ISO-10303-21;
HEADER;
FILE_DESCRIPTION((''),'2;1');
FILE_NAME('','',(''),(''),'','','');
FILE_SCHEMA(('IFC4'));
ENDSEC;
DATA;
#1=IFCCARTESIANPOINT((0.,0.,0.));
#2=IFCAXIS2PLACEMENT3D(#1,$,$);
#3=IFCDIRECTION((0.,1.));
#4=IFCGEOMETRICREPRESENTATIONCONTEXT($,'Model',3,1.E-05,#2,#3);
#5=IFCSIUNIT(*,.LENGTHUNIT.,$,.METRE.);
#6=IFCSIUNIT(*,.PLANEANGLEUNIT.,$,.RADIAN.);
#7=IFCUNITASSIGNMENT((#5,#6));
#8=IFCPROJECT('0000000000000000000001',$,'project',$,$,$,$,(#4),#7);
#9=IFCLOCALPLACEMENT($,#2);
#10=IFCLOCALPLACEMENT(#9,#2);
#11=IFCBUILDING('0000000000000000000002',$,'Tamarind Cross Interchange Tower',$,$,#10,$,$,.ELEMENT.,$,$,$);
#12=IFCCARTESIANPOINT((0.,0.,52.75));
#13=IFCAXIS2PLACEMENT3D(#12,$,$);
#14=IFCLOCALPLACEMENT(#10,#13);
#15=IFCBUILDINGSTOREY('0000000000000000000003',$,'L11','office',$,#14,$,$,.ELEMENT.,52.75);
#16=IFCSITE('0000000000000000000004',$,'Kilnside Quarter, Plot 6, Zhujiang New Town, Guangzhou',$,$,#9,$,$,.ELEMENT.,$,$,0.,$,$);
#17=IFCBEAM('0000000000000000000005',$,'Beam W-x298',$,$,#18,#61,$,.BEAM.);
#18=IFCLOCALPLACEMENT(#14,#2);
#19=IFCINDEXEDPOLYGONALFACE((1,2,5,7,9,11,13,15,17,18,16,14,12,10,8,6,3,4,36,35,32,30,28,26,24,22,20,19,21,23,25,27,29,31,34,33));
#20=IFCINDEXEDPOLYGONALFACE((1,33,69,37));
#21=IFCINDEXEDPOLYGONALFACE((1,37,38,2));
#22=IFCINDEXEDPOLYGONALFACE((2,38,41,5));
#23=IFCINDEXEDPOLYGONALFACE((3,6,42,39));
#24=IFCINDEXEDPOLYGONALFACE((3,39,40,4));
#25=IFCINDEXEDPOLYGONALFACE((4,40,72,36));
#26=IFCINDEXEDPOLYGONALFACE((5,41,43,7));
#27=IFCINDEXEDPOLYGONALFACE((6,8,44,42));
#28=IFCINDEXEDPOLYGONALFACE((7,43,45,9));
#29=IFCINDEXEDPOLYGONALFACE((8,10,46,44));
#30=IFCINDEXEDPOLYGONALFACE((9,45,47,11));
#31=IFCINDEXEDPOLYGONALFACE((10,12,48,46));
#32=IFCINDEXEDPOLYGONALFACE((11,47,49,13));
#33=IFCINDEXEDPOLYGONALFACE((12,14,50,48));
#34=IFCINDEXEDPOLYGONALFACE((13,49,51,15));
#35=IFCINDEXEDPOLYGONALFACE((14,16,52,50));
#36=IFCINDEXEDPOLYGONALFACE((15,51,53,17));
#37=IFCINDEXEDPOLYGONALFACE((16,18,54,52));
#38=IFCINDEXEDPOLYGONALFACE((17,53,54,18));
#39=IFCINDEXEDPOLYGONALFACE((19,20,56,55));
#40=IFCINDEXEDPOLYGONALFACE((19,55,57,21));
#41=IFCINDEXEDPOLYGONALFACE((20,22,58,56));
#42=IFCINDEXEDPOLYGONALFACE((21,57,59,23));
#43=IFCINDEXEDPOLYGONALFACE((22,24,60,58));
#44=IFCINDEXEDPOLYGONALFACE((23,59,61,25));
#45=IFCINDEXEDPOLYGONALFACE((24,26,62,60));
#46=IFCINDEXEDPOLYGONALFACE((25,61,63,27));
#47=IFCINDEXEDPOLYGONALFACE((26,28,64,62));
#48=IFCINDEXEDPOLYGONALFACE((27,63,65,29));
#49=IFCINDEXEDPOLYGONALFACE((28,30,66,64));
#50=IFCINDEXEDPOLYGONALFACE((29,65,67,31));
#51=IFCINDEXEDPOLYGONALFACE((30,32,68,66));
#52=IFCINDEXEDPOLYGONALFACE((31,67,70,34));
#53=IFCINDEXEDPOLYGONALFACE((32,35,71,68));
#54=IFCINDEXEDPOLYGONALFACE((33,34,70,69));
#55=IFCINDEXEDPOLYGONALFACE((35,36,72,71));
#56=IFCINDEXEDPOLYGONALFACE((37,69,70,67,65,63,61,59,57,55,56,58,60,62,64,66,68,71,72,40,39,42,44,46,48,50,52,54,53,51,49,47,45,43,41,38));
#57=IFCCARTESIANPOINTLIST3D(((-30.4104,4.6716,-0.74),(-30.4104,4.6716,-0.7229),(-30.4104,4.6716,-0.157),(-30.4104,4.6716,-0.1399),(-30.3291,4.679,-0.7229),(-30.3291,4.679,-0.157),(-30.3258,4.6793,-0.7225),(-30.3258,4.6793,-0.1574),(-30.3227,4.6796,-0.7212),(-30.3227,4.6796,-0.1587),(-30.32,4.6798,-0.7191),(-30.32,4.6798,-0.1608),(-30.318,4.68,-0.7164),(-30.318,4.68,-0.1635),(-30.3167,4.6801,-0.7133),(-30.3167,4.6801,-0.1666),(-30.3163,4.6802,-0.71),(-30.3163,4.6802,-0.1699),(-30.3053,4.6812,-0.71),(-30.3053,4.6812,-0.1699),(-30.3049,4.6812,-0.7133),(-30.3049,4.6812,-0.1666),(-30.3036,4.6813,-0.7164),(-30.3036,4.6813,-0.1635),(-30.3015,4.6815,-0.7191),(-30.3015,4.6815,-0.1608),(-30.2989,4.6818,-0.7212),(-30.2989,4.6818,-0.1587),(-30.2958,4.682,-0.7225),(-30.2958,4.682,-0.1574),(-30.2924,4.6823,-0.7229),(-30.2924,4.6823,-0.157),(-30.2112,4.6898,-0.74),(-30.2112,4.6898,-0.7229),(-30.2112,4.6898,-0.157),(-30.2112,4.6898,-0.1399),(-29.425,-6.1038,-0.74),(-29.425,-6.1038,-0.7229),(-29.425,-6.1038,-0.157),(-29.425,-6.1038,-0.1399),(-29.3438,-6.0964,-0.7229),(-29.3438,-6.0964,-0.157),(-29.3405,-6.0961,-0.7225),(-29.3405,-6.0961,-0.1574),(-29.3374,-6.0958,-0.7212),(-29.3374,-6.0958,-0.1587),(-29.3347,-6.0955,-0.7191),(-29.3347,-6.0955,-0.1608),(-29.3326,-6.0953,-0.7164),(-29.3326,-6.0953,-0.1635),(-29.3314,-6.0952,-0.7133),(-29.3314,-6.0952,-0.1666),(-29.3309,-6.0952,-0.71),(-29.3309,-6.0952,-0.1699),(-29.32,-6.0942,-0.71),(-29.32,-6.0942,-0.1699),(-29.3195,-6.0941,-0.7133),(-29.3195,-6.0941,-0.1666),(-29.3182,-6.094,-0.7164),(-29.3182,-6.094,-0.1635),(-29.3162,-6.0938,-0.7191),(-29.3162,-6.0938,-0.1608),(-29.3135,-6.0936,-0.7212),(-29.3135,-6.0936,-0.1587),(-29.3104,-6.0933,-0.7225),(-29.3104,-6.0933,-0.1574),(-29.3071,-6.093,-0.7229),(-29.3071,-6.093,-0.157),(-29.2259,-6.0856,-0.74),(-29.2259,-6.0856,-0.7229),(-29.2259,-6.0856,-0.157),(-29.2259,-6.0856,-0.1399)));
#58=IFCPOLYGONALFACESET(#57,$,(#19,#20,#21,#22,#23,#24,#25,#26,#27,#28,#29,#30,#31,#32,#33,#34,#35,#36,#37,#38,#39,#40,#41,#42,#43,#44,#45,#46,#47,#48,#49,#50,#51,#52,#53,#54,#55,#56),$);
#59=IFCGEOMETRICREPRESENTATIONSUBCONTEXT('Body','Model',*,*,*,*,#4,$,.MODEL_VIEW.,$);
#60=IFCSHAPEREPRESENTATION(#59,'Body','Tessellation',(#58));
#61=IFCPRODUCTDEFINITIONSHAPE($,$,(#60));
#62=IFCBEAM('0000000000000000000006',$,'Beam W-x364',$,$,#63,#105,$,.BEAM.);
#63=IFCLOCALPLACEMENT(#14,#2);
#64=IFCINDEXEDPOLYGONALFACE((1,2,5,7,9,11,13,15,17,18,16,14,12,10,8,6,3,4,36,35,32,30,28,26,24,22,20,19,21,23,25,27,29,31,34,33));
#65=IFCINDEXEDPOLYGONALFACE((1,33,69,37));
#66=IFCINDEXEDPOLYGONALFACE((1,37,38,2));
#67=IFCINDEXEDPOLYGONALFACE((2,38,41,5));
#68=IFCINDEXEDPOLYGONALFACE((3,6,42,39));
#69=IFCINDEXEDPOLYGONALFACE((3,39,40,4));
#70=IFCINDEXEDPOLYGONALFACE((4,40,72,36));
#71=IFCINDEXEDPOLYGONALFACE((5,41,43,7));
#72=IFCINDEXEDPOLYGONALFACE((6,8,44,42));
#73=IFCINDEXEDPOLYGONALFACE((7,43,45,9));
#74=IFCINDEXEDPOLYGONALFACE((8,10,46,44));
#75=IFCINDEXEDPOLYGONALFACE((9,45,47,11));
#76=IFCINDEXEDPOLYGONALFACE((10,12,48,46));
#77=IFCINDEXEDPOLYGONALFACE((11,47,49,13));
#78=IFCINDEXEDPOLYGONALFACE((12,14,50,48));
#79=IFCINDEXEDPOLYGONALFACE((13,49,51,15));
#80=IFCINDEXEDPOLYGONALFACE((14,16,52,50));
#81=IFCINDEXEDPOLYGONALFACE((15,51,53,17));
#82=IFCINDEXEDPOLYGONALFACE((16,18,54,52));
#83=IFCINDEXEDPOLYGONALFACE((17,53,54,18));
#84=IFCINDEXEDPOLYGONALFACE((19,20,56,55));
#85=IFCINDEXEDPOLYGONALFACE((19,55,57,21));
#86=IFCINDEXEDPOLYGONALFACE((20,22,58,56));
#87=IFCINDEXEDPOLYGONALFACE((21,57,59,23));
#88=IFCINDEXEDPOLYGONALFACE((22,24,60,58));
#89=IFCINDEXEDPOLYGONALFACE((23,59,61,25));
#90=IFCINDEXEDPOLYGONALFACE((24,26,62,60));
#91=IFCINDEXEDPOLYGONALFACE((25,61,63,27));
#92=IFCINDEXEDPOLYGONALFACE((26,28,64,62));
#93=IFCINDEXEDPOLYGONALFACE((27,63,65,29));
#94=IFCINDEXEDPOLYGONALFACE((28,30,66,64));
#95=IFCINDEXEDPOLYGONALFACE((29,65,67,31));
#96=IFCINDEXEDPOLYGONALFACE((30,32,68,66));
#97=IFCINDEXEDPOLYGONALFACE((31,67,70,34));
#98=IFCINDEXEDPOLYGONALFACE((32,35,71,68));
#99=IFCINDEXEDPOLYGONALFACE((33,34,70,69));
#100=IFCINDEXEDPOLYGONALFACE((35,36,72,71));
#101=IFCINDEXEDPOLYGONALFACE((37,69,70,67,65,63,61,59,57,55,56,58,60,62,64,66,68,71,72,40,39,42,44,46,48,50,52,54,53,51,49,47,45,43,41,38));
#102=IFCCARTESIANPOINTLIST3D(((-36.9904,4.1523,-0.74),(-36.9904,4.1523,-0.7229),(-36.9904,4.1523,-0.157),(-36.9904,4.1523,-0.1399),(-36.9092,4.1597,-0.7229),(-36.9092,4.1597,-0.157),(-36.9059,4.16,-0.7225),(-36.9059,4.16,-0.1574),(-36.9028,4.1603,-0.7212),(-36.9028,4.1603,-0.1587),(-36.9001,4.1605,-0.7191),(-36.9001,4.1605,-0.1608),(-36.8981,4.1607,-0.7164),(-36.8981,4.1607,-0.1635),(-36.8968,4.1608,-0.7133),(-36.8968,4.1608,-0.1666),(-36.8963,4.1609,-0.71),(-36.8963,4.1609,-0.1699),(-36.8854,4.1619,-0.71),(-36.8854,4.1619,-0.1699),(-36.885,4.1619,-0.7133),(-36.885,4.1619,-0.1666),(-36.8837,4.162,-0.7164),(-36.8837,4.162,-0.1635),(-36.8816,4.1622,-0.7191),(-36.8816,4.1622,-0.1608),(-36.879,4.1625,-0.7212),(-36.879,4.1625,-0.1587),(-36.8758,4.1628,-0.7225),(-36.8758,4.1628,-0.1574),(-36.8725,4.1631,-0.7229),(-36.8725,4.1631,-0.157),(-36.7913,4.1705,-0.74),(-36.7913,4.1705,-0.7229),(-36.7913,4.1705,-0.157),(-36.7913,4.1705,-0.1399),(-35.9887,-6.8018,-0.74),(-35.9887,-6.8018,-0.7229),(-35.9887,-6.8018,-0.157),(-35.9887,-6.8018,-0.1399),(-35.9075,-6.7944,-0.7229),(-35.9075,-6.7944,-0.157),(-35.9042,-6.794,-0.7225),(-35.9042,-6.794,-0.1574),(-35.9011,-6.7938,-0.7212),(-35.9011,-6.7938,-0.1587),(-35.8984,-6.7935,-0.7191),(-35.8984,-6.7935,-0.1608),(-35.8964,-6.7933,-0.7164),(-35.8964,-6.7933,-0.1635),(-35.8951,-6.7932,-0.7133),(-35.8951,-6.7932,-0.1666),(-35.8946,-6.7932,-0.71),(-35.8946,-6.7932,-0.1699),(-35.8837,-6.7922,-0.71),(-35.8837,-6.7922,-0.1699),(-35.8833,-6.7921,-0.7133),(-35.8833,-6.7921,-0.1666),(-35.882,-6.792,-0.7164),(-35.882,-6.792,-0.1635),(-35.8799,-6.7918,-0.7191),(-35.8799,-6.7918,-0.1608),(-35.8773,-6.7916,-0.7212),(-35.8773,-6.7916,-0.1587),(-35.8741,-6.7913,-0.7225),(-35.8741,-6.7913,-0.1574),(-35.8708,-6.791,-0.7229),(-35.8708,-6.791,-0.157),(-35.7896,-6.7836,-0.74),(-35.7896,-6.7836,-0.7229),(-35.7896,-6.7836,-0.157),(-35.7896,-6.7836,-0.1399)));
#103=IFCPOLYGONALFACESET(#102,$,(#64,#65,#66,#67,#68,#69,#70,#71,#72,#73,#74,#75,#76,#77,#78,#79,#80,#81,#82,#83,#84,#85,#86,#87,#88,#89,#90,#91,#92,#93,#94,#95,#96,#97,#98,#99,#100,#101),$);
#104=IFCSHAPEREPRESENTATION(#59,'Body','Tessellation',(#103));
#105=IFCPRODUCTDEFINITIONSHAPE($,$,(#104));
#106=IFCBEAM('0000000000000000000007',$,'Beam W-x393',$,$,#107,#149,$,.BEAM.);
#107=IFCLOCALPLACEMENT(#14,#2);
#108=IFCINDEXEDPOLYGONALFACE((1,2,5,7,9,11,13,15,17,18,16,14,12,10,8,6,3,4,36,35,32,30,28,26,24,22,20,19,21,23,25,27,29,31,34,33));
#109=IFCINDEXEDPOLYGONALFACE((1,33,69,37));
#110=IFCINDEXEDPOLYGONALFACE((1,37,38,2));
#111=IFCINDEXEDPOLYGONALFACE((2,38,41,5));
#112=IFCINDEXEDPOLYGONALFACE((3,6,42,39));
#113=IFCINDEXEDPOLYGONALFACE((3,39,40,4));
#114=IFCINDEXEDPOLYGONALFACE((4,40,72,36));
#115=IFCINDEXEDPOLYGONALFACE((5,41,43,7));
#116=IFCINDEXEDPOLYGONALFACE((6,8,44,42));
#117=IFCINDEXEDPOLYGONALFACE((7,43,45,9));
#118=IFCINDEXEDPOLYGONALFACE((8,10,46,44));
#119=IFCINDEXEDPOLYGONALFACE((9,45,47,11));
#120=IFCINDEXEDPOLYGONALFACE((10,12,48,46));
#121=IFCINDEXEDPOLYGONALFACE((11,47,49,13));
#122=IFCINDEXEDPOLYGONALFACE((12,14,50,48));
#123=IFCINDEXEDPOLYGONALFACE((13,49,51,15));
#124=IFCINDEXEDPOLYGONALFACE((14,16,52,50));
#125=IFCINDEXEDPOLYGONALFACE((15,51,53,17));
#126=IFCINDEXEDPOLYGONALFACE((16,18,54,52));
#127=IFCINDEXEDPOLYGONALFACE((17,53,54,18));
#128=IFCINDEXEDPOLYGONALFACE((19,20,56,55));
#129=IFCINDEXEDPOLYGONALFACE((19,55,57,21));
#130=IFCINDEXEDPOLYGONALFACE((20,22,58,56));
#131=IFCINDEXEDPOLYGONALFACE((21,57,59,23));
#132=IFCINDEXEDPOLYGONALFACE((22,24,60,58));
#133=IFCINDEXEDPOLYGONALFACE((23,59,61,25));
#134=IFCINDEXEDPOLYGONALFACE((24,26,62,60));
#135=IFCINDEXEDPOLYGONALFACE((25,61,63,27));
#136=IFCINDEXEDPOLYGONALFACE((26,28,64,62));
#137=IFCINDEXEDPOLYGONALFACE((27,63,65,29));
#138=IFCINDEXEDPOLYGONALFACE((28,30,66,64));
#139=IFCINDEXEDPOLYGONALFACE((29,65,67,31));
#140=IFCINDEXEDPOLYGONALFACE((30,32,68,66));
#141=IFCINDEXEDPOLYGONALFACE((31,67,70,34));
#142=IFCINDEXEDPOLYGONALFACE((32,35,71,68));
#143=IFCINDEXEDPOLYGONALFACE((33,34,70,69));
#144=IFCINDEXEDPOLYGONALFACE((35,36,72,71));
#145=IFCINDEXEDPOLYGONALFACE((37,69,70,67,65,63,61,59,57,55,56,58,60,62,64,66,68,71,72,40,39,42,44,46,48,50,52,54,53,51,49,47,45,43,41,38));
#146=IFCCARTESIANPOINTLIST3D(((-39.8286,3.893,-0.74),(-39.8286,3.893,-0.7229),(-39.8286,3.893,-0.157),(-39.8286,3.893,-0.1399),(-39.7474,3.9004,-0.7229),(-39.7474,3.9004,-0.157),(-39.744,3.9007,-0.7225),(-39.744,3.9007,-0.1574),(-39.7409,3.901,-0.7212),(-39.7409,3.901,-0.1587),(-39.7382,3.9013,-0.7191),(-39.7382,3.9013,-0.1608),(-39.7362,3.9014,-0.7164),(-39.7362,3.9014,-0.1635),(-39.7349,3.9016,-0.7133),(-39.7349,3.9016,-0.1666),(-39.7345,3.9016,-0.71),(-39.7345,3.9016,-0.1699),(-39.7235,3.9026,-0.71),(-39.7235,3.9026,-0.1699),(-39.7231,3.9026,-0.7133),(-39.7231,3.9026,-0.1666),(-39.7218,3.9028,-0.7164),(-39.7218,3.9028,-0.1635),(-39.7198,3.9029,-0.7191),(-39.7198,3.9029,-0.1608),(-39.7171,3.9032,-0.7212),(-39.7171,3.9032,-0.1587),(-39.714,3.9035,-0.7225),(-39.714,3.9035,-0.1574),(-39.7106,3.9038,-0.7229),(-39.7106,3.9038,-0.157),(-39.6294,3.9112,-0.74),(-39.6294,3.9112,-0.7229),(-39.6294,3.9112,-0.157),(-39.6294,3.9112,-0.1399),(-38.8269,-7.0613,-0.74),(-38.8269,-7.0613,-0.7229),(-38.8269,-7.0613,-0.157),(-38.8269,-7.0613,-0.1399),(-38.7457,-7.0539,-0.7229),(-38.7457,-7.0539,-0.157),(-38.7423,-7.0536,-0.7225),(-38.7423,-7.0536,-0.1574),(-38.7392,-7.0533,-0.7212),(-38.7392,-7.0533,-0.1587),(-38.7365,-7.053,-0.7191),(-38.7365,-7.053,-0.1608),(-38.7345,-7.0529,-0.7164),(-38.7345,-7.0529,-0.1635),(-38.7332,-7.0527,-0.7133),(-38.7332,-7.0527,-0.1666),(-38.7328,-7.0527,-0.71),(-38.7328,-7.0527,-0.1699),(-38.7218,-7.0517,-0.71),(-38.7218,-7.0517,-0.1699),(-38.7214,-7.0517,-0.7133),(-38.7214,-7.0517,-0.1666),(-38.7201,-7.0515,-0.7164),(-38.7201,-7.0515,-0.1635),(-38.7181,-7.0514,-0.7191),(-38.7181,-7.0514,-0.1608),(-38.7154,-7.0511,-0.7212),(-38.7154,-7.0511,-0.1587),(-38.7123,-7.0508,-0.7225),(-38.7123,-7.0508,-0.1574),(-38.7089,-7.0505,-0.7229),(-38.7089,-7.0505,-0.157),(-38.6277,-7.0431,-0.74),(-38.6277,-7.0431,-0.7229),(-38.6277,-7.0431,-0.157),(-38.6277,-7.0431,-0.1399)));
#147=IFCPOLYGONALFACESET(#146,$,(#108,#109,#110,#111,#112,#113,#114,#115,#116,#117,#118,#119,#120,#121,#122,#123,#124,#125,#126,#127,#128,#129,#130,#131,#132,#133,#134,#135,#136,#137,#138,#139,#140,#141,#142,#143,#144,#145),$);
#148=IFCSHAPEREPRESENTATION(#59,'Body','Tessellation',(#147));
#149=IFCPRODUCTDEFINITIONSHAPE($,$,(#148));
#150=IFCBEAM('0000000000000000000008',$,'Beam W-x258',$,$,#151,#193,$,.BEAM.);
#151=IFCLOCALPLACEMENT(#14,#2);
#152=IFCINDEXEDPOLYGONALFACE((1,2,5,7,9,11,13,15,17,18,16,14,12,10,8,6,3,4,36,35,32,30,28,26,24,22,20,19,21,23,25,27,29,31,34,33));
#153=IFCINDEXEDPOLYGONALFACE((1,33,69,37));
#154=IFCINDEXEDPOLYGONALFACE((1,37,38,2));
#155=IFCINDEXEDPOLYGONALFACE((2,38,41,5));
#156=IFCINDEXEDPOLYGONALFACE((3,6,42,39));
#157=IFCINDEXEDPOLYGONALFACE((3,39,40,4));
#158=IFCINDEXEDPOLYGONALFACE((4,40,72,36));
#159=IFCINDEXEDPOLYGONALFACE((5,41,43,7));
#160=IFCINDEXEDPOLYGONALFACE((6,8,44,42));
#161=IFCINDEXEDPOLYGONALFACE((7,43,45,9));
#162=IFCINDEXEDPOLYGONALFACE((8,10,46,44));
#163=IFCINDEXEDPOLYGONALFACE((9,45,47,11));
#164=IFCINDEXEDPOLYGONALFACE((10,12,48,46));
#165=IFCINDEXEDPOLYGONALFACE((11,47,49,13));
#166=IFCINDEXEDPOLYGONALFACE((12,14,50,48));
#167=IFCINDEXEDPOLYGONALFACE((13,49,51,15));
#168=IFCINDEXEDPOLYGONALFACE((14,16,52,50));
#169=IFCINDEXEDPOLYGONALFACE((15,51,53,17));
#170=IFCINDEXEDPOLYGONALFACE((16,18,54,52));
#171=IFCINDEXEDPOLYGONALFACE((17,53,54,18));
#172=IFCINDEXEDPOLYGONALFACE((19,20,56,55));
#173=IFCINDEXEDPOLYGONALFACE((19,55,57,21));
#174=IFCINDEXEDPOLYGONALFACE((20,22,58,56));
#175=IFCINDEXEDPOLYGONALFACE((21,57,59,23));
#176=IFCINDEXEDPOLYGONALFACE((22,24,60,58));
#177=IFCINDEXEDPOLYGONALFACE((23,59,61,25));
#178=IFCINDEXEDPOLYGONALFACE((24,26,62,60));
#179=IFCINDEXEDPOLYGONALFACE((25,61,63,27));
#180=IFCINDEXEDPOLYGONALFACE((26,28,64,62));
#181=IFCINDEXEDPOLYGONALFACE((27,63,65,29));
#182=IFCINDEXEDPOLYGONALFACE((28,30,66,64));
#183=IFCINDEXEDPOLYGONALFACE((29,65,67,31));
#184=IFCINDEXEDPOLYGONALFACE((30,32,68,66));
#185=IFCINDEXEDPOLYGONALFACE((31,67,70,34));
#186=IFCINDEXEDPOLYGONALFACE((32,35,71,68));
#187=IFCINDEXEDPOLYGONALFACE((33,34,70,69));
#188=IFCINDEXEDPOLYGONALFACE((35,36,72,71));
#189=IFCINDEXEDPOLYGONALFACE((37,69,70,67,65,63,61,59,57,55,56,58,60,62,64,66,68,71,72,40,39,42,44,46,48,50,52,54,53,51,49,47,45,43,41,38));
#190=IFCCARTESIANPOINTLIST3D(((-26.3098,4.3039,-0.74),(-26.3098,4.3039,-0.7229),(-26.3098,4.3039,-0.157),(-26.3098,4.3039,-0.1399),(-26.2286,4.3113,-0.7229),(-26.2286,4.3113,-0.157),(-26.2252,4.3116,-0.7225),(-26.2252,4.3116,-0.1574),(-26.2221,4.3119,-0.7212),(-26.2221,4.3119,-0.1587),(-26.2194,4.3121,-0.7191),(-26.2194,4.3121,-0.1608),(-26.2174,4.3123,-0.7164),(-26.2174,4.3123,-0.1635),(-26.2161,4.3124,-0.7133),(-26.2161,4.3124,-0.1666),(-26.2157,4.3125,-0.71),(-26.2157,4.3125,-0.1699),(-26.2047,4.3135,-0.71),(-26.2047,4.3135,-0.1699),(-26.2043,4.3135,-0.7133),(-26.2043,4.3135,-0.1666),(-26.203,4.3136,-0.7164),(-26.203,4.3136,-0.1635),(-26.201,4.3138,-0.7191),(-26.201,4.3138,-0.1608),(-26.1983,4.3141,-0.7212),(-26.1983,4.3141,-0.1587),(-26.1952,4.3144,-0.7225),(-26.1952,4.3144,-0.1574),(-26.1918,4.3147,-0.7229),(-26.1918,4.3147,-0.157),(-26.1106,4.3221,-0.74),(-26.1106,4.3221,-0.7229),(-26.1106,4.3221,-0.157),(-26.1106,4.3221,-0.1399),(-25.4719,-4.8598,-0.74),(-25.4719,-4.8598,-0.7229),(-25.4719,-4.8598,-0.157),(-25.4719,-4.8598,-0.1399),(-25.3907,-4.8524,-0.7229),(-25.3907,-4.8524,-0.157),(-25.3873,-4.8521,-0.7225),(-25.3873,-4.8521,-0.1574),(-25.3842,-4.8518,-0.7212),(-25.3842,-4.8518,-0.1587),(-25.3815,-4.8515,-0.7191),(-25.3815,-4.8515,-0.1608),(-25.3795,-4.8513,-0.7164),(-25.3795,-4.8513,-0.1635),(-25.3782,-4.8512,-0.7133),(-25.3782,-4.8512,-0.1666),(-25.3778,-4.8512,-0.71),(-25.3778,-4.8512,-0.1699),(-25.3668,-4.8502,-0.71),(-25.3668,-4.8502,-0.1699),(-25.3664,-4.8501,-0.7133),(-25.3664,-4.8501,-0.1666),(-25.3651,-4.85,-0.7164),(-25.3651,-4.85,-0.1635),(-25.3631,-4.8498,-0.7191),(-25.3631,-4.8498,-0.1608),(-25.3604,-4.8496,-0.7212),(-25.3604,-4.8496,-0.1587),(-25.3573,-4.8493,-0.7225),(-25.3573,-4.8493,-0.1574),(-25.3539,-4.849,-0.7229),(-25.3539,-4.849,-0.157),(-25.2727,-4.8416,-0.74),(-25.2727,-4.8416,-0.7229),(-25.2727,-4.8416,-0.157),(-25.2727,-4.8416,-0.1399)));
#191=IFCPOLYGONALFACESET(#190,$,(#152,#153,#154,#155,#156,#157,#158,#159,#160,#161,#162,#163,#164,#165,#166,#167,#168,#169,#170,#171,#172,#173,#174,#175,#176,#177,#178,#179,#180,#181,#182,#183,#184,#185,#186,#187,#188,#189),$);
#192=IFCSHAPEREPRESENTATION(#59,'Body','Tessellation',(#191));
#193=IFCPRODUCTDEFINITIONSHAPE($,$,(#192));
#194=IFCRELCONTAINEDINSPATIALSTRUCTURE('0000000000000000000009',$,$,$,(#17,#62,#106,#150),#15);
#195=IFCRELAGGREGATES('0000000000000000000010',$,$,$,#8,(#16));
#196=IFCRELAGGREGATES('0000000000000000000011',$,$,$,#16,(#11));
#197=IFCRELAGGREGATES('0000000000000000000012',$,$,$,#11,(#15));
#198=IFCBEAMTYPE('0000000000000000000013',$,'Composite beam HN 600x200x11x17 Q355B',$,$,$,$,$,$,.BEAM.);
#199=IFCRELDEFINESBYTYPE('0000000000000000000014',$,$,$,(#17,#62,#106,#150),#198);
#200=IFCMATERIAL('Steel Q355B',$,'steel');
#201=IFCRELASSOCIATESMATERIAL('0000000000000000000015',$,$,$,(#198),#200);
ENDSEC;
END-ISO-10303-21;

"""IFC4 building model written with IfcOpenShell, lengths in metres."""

from ifc_helpers import new_model, si_unit, direction, frame, origin, origin_2d, place, context, subcontext, project, spatial, i_section, extrude, material, material_profile, profile_set, type_object, element, save


model = new_model("IFC4")

# Units and contexts
model_context = context("Model", 3, precision=1e-05, world=origin(), true_north=direction((0.0, 1.0)))
body_context = subcontext(model_context, "Body", "Model", "MODEL_VIEW")
ifc_project = project(units=[si_unit("LENGTHUNIT", "METRE"), si_unit("PLANEANGLEUNIT", "RADIAN")], contexts=[model_context])

# Site, building, storey
site_placement = place(None, origin())
site = spatial("IfcSite", under=ifc_project, at=site_placement, Name="Kilnside Quarter, Plot 6, Zhujiang New Town, Guangzhou", CompositionType="ELEMENT", RefElevation=0.0)
building_placement = place(site_placement, origin())
building = spatial("IfcBuilding", under=site, at=building_placement, Name="Tamarind Cross Interchange Tower", CompositionType="ELEMENT")
storey_placement = place(building_placement, frame((0.0, 0.0, 52.75)))
storey = spatial("IfcBuildingStorey", under=building, at=storey_placement, Name="L11", Description="office", CompositionType="ELEMENT", Elevation=52.75)

# Beams
ifc_material_1 = material(Name="Steel Q355B", Category="steel")
ifc_material_profile_1 = material_profile(ifc_material_1, i_section(OverallWidth=0.2, OverallDepth=0.6001, WebThickness=0.011, FlangeThickness=0.0171, FilletRadius=0.0129, at=origin_2d()), Name="HN 600x200x11x17")
ifc_profile_set_1 = profile_set([ifc_material_profile_1], Name="Steel Q355B")
beam_type_1 = type_object("IfcBeamType", Name="Composite beam HN 600x200x11x17 Q355B", PredefinedType="BEAM", material=ifc_profile_set_1)
beam_1_placement = place(storey_placement, frame((-30.3108, 4.6807, -0.4399), z_axis=(0.091065, -0.995845, 0.0), x_axis=(0.995845, 0.091065, 0.0)))
element("IfcBeam", 1, at=beam_1_placement, inside=storey, type_object=beam_type_1, Name="Beam W-x298", PredefinedType="BEAM", context=body_context, shape_type="SweptSolid", body=[
    extrude(i_section(OverallWidth=0.2, OverallDepth=0.6001, WebThickness=0.011, FlangeThickness=0.0171, FilletRadius=0.0129, at=origin_2d()), origin(), (0.0, 0.0, 1.0), 10.8203),
])
beam_2_placement = place(storey_placement, frame((-36.8909, 4.1614, -0.4399), z_axis=(0.091066, -0.995845, 0.0), x_axis=(0.995845, 0.091066, 0.0)))
element("IfcBeam", 2, at=beam_2_placement, inside=storey, type_object=beam_type_1, Name="Beam W-x364", PredefinedType="BEAM", context=body_context, shape_type="SweptSolid", body=[
    extrude(i_section(OverallWidth=0.2, OverallDepth=0.6001, WebThickness=0.011, FlangeThickness=0.0171, FilletRadius=0.0129, at=origin_2d()), origin(), (0.0, 0.0, 1.0), 10.9998),
])
beam_3_placement = place(storey_placement, frame((-39.729, 3.9021, -0.4399), z_axis=(0.091064, -0.995845, 0.0), x_axis=(0.995845, 0.091064, 0.0)))
element("IfcBeam", 3, at=beam_3_placement, inside=storey, type_object=beam_type_1, Name="Beam W-x393", PredefinedType="BEAM", context=body_context, shape_type="SweptSolid", body=[
    extrude(i_section(OverallWidth=0.2, OverallDepth=0.6001, WebThickness=0.011, FlangeThickness=0.0171, FilletRadius=0.0129, at=origin_2d()), origin(), (0.0, 0.0, 1.0), 11.0),
])
beam_4_placement = place(storey_placement, frame((-26.2102, 4.313, -0.4399), z_axis=(0.091057, -0.995846, 0.0), x_axis=(0.995846, 0.091057, 0.0)))
element("IfcBeam", 4, at=beam_4_placement, inside=storey, type_object=beam_type_1, Name="Beam W-x258", PredefinedType="BEAM", context=body_context, shape_type="SweptSolid", body=[
    extrude(i_section(OverallWidth=0.2, OverallDepth=0.6001, WebThickness=0.011, FlangeThickness=0.0171, FilletRadius=0.0129, at=origin_2d()), origin(), (0.0, 0.0, 1.0), 9.2019),
])

save(model, "model.ifc")
